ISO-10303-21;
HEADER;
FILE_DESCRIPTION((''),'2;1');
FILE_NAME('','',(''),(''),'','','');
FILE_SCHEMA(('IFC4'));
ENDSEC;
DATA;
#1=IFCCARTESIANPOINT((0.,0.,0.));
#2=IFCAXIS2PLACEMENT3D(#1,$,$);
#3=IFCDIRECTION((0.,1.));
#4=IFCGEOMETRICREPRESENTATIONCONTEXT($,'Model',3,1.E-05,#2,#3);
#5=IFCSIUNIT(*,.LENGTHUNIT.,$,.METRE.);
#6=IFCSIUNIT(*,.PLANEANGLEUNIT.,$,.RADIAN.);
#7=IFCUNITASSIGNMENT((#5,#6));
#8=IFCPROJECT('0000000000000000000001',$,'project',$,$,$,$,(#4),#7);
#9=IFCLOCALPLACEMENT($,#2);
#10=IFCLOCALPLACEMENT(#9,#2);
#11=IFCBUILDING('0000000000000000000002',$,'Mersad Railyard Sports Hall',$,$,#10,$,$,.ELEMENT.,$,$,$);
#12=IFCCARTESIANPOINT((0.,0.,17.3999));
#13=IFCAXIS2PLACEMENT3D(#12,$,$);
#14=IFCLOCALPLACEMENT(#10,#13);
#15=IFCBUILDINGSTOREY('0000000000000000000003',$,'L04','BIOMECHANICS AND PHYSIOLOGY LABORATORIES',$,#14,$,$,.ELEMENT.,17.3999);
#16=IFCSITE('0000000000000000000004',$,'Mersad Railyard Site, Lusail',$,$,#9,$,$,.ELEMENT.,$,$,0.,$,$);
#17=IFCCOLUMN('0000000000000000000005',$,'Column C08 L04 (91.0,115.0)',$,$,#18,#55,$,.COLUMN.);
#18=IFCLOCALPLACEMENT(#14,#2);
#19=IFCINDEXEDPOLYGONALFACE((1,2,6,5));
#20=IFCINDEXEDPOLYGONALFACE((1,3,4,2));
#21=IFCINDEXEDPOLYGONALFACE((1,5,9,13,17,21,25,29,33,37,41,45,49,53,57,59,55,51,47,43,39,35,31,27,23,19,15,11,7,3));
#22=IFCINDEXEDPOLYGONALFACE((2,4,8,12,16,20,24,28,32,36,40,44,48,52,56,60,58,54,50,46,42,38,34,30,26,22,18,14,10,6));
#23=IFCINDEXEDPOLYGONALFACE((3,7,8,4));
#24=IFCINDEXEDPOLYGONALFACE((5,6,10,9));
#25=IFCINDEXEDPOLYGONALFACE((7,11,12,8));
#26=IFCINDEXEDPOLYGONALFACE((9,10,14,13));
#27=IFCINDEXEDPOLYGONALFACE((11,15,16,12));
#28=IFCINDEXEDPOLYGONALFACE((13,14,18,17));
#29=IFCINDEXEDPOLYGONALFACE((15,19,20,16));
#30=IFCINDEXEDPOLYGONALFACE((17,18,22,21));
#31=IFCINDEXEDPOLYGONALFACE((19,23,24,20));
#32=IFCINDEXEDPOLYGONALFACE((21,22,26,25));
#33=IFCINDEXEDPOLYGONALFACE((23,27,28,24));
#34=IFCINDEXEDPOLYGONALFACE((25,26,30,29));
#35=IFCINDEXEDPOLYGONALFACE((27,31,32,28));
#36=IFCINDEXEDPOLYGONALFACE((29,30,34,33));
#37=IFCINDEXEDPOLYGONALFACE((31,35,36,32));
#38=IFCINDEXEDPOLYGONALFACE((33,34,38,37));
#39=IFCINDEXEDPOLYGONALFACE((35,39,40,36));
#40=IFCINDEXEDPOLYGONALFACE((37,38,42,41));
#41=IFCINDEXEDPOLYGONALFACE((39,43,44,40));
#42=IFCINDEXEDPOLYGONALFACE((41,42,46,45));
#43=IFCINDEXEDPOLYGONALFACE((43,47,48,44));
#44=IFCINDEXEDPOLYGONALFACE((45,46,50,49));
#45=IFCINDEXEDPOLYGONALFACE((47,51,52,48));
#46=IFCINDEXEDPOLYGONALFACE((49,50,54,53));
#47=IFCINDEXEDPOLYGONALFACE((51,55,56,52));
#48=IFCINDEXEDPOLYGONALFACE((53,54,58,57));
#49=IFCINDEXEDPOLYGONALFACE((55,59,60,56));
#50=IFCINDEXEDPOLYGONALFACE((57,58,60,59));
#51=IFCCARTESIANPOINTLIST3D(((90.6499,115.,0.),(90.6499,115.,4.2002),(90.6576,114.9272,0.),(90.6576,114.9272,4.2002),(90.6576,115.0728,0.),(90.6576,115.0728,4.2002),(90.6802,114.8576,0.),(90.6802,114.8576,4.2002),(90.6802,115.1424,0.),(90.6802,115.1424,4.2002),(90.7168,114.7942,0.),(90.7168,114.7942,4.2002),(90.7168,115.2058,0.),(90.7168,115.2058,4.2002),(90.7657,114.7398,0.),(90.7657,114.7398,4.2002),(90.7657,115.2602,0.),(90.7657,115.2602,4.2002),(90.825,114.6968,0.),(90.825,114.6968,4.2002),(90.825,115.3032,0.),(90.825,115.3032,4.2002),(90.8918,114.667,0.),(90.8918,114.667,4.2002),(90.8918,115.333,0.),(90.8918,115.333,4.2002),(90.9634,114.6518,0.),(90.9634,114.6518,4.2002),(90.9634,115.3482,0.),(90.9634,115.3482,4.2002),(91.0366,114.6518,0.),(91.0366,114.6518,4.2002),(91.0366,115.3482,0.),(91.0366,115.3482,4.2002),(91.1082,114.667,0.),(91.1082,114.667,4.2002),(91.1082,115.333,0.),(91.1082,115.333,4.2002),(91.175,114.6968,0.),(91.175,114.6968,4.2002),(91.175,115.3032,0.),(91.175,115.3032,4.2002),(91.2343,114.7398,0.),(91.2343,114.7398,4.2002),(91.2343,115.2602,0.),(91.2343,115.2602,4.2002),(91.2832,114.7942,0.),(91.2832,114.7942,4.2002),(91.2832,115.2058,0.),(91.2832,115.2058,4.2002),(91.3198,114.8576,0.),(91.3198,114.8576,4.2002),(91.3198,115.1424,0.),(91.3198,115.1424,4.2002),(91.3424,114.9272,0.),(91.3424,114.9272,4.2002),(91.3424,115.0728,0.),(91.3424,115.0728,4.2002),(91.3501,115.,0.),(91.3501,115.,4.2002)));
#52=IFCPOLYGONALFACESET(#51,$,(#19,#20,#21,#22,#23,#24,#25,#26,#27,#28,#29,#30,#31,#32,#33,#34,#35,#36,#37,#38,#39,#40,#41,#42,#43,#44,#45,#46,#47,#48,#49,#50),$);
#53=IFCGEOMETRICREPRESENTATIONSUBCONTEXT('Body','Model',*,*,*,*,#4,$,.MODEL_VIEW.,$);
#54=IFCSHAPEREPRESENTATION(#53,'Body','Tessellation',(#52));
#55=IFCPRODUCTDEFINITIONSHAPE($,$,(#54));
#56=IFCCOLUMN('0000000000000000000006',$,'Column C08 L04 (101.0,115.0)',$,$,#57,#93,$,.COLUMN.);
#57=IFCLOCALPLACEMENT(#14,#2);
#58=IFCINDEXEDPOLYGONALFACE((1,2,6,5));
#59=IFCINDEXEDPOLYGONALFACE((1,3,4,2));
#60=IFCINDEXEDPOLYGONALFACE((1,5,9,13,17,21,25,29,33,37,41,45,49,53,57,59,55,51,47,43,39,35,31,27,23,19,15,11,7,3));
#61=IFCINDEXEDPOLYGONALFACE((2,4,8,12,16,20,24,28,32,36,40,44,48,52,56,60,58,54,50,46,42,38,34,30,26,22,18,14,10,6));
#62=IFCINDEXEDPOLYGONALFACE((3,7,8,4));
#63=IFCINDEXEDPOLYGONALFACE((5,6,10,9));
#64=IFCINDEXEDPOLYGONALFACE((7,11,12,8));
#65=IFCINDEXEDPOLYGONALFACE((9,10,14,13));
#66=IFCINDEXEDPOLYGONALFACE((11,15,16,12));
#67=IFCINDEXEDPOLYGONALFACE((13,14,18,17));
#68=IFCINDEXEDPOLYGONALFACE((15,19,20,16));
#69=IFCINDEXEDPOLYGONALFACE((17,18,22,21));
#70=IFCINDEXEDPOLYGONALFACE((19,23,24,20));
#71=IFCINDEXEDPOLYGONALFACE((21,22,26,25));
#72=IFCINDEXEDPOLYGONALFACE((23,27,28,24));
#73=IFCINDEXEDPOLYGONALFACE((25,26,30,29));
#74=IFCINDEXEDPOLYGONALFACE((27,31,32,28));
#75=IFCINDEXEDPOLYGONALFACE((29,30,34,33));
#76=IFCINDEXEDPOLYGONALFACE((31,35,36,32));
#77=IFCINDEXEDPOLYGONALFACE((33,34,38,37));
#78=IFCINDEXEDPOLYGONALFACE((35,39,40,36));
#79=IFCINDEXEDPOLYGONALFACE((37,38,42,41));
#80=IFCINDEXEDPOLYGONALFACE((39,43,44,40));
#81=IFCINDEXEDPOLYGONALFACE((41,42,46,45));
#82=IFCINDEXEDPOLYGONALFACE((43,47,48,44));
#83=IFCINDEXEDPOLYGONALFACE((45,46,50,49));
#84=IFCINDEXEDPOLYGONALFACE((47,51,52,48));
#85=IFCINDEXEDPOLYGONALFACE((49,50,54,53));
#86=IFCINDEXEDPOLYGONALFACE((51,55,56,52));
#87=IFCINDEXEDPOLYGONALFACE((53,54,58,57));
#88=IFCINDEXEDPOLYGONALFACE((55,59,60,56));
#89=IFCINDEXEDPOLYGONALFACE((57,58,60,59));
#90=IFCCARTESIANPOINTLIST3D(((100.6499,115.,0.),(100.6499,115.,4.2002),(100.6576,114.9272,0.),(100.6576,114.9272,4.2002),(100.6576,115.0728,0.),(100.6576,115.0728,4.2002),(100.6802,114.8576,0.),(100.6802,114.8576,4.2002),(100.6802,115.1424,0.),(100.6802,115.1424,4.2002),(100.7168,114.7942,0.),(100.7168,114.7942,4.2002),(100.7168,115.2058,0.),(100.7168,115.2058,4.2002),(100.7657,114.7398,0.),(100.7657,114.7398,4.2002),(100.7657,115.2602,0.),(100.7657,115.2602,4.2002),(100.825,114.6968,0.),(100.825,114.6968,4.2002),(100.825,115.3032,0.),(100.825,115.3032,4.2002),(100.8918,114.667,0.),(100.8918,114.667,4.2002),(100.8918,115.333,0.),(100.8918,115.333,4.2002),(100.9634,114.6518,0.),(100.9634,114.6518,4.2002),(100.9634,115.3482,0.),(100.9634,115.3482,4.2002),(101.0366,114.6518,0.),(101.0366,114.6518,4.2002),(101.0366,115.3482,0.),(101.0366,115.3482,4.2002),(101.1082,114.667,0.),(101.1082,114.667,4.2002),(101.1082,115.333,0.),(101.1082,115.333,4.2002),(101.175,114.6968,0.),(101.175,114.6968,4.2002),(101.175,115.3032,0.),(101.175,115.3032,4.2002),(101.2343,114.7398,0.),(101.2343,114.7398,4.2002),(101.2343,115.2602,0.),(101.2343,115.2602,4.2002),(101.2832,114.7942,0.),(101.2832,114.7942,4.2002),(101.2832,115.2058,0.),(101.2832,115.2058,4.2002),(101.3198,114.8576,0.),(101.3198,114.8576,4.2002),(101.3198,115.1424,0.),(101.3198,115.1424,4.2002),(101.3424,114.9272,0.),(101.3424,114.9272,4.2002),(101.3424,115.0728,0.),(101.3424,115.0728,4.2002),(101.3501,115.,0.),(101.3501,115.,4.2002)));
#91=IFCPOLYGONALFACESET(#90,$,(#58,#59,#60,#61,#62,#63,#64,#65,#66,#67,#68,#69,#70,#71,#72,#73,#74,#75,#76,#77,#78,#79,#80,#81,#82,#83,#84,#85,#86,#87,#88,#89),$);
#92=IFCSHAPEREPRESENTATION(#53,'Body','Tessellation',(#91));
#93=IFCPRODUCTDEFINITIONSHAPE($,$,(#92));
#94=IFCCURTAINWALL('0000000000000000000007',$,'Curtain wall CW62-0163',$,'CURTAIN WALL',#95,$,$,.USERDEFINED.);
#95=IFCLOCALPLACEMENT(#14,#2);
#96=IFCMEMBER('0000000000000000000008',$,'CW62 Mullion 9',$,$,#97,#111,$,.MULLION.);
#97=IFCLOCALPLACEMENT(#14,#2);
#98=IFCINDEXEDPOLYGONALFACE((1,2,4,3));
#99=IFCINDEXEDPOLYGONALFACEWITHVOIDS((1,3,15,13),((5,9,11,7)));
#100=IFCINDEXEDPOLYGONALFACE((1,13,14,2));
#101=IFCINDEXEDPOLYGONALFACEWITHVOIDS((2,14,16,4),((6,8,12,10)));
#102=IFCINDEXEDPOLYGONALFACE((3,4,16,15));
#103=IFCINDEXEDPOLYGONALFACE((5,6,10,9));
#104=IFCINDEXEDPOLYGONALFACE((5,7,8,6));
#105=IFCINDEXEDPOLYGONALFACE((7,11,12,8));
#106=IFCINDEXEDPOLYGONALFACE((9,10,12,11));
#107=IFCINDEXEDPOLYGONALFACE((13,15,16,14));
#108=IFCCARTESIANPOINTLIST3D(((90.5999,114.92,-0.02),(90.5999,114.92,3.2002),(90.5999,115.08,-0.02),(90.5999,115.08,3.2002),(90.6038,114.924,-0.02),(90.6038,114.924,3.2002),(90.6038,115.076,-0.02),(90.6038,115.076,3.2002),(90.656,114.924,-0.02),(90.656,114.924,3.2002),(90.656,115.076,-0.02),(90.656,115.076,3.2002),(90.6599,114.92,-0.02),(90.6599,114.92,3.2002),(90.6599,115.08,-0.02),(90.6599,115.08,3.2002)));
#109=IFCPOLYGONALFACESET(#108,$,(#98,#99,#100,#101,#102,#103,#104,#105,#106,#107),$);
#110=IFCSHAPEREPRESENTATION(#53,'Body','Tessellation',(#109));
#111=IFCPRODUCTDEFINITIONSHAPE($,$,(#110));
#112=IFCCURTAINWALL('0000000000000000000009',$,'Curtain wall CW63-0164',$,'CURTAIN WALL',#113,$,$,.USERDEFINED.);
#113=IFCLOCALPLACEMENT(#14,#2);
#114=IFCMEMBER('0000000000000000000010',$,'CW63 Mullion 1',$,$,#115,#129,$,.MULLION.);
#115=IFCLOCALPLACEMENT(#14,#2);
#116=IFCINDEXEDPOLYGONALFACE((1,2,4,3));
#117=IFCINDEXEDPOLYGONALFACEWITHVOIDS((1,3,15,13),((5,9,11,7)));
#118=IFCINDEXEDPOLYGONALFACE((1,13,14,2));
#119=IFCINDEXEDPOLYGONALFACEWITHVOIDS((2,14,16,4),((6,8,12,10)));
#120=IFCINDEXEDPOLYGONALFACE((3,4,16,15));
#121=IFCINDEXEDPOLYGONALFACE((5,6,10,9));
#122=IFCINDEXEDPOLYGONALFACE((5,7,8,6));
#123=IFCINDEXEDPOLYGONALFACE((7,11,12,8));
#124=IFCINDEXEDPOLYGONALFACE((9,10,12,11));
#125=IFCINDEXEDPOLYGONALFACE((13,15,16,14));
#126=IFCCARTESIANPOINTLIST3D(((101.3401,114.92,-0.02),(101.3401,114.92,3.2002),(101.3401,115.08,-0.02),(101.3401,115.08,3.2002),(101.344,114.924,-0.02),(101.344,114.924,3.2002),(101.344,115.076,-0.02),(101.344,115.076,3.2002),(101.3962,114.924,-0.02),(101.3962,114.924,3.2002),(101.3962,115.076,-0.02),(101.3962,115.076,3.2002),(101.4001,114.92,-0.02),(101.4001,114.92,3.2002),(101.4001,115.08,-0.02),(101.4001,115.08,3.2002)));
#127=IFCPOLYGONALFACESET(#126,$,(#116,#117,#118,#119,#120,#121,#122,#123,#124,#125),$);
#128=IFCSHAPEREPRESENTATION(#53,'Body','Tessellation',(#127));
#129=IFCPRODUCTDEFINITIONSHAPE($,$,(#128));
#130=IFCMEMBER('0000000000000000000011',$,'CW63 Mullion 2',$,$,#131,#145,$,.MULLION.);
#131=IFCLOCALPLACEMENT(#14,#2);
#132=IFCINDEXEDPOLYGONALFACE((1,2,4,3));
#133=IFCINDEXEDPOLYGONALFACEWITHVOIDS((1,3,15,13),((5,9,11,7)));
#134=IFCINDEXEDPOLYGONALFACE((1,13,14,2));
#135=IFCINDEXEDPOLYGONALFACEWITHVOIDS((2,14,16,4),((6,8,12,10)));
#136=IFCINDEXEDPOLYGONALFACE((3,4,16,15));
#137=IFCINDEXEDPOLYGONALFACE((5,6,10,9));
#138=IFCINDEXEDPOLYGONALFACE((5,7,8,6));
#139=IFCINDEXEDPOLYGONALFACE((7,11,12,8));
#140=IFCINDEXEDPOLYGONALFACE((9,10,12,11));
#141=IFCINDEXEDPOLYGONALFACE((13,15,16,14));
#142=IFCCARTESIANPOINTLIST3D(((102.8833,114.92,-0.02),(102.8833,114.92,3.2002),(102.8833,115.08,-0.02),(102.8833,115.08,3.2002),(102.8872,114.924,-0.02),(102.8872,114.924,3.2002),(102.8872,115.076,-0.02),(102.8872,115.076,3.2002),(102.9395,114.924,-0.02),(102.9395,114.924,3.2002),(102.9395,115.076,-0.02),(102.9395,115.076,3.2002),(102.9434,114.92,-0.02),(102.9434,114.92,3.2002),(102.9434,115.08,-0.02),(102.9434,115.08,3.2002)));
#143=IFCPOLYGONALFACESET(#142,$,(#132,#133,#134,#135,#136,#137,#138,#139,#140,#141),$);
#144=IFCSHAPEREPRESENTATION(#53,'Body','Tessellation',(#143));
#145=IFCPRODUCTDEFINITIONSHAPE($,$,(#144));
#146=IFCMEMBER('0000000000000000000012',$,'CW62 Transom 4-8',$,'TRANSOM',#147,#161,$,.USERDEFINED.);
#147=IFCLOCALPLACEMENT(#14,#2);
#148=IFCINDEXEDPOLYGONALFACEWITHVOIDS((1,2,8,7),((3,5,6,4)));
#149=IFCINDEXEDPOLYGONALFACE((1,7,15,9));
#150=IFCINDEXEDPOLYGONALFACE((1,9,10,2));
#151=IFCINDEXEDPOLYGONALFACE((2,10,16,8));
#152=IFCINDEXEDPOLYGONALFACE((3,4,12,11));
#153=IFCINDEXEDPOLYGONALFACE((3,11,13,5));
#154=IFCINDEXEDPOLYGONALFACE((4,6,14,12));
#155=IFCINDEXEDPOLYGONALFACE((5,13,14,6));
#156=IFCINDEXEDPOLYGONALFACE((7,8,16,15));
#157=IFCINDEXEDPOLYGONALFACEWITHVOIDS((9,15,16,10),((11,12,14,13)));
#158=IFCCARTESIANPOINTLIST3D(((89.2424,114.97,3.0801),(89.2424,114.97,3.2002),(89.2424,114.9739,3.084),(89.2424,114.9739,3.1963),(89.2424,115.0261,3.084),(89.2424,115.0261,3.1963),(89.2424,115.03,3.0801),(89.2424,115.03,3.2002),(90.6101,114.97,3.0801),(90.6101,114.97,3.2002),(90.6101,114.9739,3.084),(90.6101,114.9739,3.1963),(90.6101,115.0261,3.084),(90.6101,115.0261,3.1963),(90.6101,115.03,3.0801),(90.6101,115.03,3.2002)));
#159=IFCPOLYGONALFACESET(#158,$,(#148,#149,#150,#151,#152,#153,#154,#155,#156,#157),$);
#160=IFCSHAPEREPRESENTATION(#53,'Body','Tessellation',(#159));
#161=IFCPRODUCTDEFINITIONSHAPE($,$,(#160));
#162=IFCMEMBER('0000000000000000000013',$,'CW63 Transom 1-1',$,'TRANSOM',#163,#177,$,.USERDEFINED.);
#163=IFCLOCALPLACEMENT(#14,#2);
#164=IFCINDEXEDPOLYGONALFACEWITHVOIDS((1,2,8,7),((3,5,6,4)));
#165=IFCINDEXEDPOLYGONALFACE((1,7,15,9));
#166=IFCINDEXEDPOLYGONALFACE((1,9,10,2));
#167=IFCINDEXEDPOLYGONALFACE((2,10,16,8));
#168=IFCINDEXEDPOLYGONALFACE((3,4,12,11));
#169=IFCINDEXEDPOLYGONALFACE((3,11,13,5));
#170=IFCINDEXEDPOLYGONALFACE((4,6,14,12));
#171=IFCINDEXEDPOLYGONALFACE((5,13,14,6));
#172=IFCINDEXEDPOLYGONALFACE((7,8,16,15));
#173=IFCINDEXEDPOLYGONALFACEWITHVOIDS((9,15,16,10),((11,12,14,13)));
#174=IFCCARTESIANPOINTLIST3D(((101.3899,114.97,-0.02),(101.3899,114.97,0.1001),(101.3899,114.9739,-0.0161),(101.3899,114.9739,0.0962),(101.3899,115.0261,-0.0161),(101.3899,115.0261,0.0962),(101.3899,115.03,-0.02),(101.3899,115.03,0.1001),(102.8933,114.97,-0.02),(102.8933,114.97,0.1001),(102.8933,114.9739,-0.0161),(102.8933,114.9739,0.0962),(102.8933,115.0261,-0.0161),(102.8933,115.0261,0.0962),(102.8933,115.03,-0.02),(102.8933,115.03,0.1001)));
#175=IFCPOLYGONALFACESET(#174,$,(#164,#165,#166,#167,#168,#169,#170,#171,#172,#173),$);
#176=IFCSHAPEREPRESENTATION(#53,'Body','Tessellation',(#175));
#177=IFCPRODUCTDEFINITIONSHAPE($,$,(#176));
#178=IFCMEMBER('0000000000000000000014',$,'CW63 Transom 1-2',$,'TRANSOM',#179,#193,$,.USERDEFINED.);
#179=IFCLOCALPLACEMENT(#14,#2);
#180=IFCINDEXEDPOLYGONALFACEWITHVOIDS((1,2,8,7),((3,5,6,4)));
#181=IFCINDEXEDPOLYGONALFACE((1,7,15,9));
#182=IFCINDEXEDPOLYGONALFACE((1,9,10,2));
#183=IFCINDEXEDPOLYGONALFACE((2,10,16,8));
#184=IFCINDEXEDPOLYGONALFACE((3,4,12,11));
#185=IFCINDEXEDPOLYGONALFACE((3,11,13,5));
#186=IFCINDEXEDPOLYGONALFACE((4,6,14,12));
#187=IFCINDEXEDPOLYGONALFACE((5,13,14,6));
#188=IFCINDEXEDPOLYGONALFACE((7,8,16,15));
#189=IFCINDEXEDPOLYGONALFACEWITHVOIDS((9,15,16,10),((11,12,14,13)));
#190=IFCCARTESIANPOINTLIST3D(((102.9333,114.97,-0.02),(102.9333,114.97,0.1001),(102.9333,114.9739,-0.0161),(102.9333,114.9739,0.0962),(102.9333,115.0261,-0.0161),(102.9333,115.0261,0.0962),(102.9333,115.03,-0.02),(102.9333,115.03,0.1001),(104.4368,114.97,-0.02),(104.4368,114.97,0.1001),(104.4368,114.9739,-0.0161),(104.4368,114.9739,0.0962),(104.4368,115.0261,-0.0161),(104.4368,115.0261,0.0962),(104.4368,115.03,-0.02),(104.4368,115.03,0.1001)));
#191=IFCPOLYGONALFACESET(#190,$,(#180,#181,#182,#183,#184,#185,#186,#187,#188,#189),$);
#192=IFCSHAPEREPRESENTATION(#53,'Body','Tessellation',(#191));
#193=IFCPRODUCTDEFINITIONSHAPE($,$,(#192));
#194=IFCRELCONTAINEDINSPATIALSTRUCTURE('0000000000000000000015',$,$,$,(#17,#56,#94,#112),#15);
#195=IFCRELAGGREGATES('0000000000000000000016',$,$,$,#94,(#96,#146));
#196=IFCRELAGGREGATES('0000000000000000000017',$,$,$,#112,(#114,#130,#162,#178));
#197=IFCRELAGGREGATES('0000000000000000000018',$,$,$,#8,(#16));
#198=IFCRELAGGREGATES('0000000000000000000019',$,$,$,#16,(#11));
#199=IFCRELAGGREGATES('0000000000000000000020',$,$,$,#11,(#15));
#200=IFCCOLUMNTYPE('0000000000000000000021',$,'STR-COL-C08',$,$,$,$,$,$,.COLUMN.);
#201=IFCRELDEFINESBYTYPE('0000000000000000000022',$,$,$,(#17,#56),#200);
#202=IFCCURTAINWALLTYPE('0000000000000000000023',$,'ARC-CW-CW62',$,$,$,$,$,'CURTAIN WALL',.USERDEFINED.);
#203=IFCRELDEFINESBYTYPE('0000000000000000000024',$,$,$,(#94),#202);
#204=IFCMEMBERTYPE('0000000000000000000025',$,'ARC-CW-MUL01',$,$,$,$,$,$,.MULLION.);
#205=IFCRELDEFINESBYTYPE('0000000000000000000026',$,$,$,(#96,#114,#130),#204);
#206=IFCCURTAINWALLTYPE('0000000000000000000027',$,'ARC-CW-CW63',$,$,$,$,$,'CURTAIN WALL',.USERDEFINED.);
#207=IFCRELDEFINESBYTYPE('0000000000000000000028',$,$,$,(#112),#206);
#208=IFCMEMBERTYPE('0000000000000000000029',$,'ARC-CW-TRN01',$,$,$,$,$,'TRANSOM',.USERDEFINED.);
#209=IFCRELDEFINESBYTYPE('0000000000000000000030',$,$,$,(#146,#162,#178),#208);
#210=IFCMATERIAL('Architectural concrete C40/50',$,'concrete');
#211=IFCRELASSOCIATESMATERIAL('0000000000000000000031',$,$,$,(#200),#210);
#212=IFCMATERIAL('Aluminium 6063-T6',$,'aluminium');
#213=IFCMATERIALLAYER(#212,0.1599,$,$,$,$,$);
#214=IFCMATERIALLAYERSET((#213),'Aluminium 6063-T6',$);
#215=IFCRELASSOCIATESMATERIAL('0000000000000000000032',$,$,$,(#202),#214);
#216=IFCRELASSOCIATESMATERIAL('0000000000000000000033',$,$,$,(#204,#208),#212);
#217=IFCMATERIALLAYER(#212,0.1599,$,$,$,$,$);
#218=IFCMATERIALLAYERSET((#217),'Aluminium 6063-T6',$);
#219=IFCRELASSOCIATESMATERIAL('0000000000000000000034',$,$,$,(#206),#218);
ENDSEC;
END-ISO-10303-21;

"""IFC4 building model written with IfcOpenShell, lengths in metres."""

from ifc_helpers import new_model, si_unit, direction, frame, origin, origin_2d, place, context, subcontext, project, spatial, hollow_rectangle, circle, extrude, material, layer, layer_set, material_profile, profile_set, type_object, element, aggregate, save


model = new_model("IFC4")

# Units and contexts
model_context = context("Model", 3, precision=1e-05, world=origin(), true_north=direction((0.0, 1.0)))
body_context = subcontext(model_context, "Body", "Model", "MODEL_VIEW")
ifc_project = project(units=[si_unit("LENGTHUNIT", "METRE"), si_unit("PLANEANGLEUNIT", "RADIAN")], contexts=[model_context])

# Site, building, storey
site_placement = place(None, origin())
site = spatial("IfcSite", under=ifc_project, at=site_placement, Name="Mersad Railyard Site, Lusail", CompositionType="ELEMENT", RefElevation=0.0)
building_placement = place(site_placement, origin())
building = spatial("IfcBuilding", under=site, at=building_placement, Name="Mersad Railyard Sports Hall", CompositionType="ELEMENT")
storey_placement = place(building_placement, frame((0.0, 0.0, 17.3999)))
storey = spatial("IfcBuildingStorey", under=building, at=storey_placement, Name="L04", Description="BIOMECHANICS AND PHYSIOLOGY LABORATORIES", CompositionType="ELEMENT", Elevation=17.3999)

# Columns
ifc_material_1 = material(Name="Architectural concrete C40/50", Category="concrete")
ifc_material_profile_1 = material_profile(ifc_material_1, circle(Radius=0.3501, at=origin_2d()), Name="RC D700")
ifc_profile_set_1 = profile_set([ifc_material_profile_1], Name="Architectural concrete C40/50")
column_type = type_object("IfcColumnType", Name="STR-COL-C08", PredefinedType="COLUMN", material=ifc_profile_set_1)
for number, where, z_axis, x_axis, name in (
    (1, (91.0, 115.0, 0.0), (0.0, 0.0, 1.0), (1.0, 0.0, 0.0), "Column C08 L04 (91.0,115.0)"),
    (2, (101.0, 115.0, 0.0), (0.0, 0.0, 1.0), (1.0, 0.0, 0.0), "Column C08 L04 (101.0,115.0)"),
):
    element("IfcColumn", number, at=place(storey_placement, frame(where, z_axis=z_axis, x_axis=x_axis)), inside=storey, type_object=column_type, Name=name, PredefinedType="COLUMN", context=body_context, shape_type="SweptSolid", body=[
        extrude(circle(Radius=0.3501, at=origin_2d()), origin(), (0.0, 0.0, 1.0), 4.2002),
    ])

# Curtain wall, member
ifc_material_2 = material(Name="Aluminium 6063-T6", Category="aluminium")
ifc_layer_1 = layer(ifc_material_2, 0.1599)
ifc_layer_set_1 = layer_set([ifc_layer_1], Name="Aluminium 6063-T6")
curtain_wall_type_1 = type_object("IfcCurtainWallType", Name="ARC-CW-CW62", ElementType="CURTAIN WALL", PredefinedType="USERDEFINED", material=ifc_layer_set_1)
curtain_wall_1_placement = place(storey_placement, origin())
curtain_wall_1 = element("IfcCurtainWall", 3, at=curtain_wall_1_placement, inside=storey, type_object=curtain_wall_type_1, Name="Curtain wall CW62-0163", ObjectType="CURTAIN WALL", PredefinedType="USERDEFINED")
ifc_material_profile_2 = material_profile(ifc_material_2, hollow_rectangle(XDim=0.0601, YDim=0.1599, WallThickness=0.0039, at=origin_2d()), Name="AL MULLION 60x160x4")
ifc_profile_set_2 = profile_set([ifc_material_profile_2], Name="Aluminium 6063-T6")
member_type_1 = type_object("IfcMemberType", Name="ARC-CW-MUL01", PredefinedType="MULLION", material=ifc_profile_set_2)
member_1_placement = place(storey_placement, frame((90.6299, 115.0, -0.02), z_axis=(0.0, 0.0, 1.0), x_axis=(1.0, 0.0, 0.0)))
member_1 = element("IfcMember", 4, at=member_1_placement, type_object=member_type_1, Name="CW62 Mullion 9", PredefinedType="MULLION", context=body_context, shape_type="SweptSolid", body=[
    extrude(hollow_rectangle(XDim=0.0601, YDim=0.1599, WallThickness=0.0039, at=origin_2d()), origin(), (0.0, 0.0, 1.0), 3.2202),
])

# Curtain wall, members
ifc_layer_2 = layer(ifc_material_2, 0.1599)
ifc_layer_set_2 = layer_set([ifc_layer_2], Name="Aluminium 6063-T6")
curtain_wall_type_2 = type_object("IfcCurtainWallType", Name="ARC-CW-CW63", ElementType="CURTAIN WALL", PredefinedType="USERDEFINED", material=ifc_layer_set_2)
curtain_wall_2_placement = place(storey_placement, origin())
curtain_wall_2 = element("IfcCurtainWall", 5, at=curtain_wall_2_placement, inside=storey, type_object=curtain_wall_type_2, Name="Curtain wall CW63-0164", ObjectType="CURTAIN WALL", PredefinedType="USERDEFINED")
member_2_placement = place(storey_placement, frame((101.3701, 115.0, -0.02), z_axis=(0.0, 0.0, 1.0), x_axis=(1.0, 0.0, 0.0)))
member_2 = element("IfcMember", 6, at=member_2_placement, type_object=member_type_1, Name="CW63 Mullion 1", PredefinedType="MULLION", context=body_context, shape_type="SweptSolid", body=[
    extrude(hollow_rectangle(XDim=0.0601, YDim=0.1599, WallThickness=0.0039, at=origin_2d()), origin(), (0.0, 0.0, 1.0), 3.2202),
])
member_3_placement = place(storey_placement, frame((102.9133, 115.0, -0.02), z_axis=(0.0, 0.0, 1.0), x_axis=(1.0, 0.0, 0.0)))
member_3 = element("IfcMember", 7, at=member_3_placement, type_object=member_type_1, Name="CW63 Mullion 2", PredefinedType="MULLION", context=body_context, shape_type="SweptSolid", body=[
    extrude(hollow_rectangle(XDim=0.0601, YDim=0.1599, WallThickness=0.0039, at=origin_2d()), origin(), (0.0, 0.0, 1.0), 3.2202),
])

# Members
ifc_material_profile_3 = material_profile(ifc_material_2, hollow_rectangle(XDim=0.0601, YDim=0.1201, WallThickness=0.0039, at=origin_2d()), Name="AL TRANSOM 60x120x4")
ifc_profile_set_3 = profile_set([ifc_material_profile_3], Name="Aluminium 6063-T6")
member_type_2 = type_object("IfcMemberType", Name="ARC-CW-TRN01", ElementType="TRANSOM", PredefinedType="USERDEFINED", material=ifc_profile_set_3)
member_4_placement = place(storey_placement, frame((89.2424, 115.0, 3.1401), z_axis=(1.0, 0.0, 0.0), x_axis=(0.0, 1.0, 0.0)))
member_4 = element("IfcMember", 8, at=member_4_placement, type_object=member_type_2, Name="CW62 Transom 4-8", ObjectType="TRANSOM", PredefinedType="USERDEFINED", context=body_context, shape_type="SweptSolid", body=[
    extrude(hollow_rectangle(XDim=0.0601, YDim=0.1201, WallThickness=0.0039, at=origin_2d()), origin(), (0.0, 0.0, 1.0), 1.3677),
])
member_5_placement = place(storey_placement, frame((101.3899, 115.0, 0.04), z_axis=(1.0, 0.0, 0.0), x_axis=(0.0, 1.0, 0.0)))
member_5 = element("IfcMember", 9, at=member_5_placement, type_object=member_type_2, Name="CW63 Transom 1-1", ObjectType="TRANSOM", PredefinedType="USERDEFINED", context=body_context, shape_type="SweptSolid", body=[
    extrude(hollow_rectangle(XDim=0.0601, YDim=0.1201, WallThickness=0.0039, at=origin_2d()), origin(), (0.0, 0.0, 1.0), 1.5034),
])
member_6_placement = place(storey_placement, frame((102.9333, 115.0, 0.04), z_axis=(1.0, 0.0, 0.0), x_axis=(0.0, 1.0, 0.0)))
member_6 = element("IfcMember", 10, at=member_6_placement, type_object=member_type_2, Name="CW63 Transom 1-2", ObjectType="TRANSOM", PredefinedType="USERDEFINED", context=body_context, shape_type="SweptSolid", body=[
    extrude(hollow_rectangle(XDim=0.0601, YDim=0.1201, WallThickness=0.0039, at=origin_2d()), origin(), (0.0, 0.0, 1.0), 1.5034),
])

aggregate(curtain_wall_1, [member_1, member_4])
aggregate(curtain_wall_2, [member_2, member_3, member_5, member_6])

save(model, "model.ifc")
